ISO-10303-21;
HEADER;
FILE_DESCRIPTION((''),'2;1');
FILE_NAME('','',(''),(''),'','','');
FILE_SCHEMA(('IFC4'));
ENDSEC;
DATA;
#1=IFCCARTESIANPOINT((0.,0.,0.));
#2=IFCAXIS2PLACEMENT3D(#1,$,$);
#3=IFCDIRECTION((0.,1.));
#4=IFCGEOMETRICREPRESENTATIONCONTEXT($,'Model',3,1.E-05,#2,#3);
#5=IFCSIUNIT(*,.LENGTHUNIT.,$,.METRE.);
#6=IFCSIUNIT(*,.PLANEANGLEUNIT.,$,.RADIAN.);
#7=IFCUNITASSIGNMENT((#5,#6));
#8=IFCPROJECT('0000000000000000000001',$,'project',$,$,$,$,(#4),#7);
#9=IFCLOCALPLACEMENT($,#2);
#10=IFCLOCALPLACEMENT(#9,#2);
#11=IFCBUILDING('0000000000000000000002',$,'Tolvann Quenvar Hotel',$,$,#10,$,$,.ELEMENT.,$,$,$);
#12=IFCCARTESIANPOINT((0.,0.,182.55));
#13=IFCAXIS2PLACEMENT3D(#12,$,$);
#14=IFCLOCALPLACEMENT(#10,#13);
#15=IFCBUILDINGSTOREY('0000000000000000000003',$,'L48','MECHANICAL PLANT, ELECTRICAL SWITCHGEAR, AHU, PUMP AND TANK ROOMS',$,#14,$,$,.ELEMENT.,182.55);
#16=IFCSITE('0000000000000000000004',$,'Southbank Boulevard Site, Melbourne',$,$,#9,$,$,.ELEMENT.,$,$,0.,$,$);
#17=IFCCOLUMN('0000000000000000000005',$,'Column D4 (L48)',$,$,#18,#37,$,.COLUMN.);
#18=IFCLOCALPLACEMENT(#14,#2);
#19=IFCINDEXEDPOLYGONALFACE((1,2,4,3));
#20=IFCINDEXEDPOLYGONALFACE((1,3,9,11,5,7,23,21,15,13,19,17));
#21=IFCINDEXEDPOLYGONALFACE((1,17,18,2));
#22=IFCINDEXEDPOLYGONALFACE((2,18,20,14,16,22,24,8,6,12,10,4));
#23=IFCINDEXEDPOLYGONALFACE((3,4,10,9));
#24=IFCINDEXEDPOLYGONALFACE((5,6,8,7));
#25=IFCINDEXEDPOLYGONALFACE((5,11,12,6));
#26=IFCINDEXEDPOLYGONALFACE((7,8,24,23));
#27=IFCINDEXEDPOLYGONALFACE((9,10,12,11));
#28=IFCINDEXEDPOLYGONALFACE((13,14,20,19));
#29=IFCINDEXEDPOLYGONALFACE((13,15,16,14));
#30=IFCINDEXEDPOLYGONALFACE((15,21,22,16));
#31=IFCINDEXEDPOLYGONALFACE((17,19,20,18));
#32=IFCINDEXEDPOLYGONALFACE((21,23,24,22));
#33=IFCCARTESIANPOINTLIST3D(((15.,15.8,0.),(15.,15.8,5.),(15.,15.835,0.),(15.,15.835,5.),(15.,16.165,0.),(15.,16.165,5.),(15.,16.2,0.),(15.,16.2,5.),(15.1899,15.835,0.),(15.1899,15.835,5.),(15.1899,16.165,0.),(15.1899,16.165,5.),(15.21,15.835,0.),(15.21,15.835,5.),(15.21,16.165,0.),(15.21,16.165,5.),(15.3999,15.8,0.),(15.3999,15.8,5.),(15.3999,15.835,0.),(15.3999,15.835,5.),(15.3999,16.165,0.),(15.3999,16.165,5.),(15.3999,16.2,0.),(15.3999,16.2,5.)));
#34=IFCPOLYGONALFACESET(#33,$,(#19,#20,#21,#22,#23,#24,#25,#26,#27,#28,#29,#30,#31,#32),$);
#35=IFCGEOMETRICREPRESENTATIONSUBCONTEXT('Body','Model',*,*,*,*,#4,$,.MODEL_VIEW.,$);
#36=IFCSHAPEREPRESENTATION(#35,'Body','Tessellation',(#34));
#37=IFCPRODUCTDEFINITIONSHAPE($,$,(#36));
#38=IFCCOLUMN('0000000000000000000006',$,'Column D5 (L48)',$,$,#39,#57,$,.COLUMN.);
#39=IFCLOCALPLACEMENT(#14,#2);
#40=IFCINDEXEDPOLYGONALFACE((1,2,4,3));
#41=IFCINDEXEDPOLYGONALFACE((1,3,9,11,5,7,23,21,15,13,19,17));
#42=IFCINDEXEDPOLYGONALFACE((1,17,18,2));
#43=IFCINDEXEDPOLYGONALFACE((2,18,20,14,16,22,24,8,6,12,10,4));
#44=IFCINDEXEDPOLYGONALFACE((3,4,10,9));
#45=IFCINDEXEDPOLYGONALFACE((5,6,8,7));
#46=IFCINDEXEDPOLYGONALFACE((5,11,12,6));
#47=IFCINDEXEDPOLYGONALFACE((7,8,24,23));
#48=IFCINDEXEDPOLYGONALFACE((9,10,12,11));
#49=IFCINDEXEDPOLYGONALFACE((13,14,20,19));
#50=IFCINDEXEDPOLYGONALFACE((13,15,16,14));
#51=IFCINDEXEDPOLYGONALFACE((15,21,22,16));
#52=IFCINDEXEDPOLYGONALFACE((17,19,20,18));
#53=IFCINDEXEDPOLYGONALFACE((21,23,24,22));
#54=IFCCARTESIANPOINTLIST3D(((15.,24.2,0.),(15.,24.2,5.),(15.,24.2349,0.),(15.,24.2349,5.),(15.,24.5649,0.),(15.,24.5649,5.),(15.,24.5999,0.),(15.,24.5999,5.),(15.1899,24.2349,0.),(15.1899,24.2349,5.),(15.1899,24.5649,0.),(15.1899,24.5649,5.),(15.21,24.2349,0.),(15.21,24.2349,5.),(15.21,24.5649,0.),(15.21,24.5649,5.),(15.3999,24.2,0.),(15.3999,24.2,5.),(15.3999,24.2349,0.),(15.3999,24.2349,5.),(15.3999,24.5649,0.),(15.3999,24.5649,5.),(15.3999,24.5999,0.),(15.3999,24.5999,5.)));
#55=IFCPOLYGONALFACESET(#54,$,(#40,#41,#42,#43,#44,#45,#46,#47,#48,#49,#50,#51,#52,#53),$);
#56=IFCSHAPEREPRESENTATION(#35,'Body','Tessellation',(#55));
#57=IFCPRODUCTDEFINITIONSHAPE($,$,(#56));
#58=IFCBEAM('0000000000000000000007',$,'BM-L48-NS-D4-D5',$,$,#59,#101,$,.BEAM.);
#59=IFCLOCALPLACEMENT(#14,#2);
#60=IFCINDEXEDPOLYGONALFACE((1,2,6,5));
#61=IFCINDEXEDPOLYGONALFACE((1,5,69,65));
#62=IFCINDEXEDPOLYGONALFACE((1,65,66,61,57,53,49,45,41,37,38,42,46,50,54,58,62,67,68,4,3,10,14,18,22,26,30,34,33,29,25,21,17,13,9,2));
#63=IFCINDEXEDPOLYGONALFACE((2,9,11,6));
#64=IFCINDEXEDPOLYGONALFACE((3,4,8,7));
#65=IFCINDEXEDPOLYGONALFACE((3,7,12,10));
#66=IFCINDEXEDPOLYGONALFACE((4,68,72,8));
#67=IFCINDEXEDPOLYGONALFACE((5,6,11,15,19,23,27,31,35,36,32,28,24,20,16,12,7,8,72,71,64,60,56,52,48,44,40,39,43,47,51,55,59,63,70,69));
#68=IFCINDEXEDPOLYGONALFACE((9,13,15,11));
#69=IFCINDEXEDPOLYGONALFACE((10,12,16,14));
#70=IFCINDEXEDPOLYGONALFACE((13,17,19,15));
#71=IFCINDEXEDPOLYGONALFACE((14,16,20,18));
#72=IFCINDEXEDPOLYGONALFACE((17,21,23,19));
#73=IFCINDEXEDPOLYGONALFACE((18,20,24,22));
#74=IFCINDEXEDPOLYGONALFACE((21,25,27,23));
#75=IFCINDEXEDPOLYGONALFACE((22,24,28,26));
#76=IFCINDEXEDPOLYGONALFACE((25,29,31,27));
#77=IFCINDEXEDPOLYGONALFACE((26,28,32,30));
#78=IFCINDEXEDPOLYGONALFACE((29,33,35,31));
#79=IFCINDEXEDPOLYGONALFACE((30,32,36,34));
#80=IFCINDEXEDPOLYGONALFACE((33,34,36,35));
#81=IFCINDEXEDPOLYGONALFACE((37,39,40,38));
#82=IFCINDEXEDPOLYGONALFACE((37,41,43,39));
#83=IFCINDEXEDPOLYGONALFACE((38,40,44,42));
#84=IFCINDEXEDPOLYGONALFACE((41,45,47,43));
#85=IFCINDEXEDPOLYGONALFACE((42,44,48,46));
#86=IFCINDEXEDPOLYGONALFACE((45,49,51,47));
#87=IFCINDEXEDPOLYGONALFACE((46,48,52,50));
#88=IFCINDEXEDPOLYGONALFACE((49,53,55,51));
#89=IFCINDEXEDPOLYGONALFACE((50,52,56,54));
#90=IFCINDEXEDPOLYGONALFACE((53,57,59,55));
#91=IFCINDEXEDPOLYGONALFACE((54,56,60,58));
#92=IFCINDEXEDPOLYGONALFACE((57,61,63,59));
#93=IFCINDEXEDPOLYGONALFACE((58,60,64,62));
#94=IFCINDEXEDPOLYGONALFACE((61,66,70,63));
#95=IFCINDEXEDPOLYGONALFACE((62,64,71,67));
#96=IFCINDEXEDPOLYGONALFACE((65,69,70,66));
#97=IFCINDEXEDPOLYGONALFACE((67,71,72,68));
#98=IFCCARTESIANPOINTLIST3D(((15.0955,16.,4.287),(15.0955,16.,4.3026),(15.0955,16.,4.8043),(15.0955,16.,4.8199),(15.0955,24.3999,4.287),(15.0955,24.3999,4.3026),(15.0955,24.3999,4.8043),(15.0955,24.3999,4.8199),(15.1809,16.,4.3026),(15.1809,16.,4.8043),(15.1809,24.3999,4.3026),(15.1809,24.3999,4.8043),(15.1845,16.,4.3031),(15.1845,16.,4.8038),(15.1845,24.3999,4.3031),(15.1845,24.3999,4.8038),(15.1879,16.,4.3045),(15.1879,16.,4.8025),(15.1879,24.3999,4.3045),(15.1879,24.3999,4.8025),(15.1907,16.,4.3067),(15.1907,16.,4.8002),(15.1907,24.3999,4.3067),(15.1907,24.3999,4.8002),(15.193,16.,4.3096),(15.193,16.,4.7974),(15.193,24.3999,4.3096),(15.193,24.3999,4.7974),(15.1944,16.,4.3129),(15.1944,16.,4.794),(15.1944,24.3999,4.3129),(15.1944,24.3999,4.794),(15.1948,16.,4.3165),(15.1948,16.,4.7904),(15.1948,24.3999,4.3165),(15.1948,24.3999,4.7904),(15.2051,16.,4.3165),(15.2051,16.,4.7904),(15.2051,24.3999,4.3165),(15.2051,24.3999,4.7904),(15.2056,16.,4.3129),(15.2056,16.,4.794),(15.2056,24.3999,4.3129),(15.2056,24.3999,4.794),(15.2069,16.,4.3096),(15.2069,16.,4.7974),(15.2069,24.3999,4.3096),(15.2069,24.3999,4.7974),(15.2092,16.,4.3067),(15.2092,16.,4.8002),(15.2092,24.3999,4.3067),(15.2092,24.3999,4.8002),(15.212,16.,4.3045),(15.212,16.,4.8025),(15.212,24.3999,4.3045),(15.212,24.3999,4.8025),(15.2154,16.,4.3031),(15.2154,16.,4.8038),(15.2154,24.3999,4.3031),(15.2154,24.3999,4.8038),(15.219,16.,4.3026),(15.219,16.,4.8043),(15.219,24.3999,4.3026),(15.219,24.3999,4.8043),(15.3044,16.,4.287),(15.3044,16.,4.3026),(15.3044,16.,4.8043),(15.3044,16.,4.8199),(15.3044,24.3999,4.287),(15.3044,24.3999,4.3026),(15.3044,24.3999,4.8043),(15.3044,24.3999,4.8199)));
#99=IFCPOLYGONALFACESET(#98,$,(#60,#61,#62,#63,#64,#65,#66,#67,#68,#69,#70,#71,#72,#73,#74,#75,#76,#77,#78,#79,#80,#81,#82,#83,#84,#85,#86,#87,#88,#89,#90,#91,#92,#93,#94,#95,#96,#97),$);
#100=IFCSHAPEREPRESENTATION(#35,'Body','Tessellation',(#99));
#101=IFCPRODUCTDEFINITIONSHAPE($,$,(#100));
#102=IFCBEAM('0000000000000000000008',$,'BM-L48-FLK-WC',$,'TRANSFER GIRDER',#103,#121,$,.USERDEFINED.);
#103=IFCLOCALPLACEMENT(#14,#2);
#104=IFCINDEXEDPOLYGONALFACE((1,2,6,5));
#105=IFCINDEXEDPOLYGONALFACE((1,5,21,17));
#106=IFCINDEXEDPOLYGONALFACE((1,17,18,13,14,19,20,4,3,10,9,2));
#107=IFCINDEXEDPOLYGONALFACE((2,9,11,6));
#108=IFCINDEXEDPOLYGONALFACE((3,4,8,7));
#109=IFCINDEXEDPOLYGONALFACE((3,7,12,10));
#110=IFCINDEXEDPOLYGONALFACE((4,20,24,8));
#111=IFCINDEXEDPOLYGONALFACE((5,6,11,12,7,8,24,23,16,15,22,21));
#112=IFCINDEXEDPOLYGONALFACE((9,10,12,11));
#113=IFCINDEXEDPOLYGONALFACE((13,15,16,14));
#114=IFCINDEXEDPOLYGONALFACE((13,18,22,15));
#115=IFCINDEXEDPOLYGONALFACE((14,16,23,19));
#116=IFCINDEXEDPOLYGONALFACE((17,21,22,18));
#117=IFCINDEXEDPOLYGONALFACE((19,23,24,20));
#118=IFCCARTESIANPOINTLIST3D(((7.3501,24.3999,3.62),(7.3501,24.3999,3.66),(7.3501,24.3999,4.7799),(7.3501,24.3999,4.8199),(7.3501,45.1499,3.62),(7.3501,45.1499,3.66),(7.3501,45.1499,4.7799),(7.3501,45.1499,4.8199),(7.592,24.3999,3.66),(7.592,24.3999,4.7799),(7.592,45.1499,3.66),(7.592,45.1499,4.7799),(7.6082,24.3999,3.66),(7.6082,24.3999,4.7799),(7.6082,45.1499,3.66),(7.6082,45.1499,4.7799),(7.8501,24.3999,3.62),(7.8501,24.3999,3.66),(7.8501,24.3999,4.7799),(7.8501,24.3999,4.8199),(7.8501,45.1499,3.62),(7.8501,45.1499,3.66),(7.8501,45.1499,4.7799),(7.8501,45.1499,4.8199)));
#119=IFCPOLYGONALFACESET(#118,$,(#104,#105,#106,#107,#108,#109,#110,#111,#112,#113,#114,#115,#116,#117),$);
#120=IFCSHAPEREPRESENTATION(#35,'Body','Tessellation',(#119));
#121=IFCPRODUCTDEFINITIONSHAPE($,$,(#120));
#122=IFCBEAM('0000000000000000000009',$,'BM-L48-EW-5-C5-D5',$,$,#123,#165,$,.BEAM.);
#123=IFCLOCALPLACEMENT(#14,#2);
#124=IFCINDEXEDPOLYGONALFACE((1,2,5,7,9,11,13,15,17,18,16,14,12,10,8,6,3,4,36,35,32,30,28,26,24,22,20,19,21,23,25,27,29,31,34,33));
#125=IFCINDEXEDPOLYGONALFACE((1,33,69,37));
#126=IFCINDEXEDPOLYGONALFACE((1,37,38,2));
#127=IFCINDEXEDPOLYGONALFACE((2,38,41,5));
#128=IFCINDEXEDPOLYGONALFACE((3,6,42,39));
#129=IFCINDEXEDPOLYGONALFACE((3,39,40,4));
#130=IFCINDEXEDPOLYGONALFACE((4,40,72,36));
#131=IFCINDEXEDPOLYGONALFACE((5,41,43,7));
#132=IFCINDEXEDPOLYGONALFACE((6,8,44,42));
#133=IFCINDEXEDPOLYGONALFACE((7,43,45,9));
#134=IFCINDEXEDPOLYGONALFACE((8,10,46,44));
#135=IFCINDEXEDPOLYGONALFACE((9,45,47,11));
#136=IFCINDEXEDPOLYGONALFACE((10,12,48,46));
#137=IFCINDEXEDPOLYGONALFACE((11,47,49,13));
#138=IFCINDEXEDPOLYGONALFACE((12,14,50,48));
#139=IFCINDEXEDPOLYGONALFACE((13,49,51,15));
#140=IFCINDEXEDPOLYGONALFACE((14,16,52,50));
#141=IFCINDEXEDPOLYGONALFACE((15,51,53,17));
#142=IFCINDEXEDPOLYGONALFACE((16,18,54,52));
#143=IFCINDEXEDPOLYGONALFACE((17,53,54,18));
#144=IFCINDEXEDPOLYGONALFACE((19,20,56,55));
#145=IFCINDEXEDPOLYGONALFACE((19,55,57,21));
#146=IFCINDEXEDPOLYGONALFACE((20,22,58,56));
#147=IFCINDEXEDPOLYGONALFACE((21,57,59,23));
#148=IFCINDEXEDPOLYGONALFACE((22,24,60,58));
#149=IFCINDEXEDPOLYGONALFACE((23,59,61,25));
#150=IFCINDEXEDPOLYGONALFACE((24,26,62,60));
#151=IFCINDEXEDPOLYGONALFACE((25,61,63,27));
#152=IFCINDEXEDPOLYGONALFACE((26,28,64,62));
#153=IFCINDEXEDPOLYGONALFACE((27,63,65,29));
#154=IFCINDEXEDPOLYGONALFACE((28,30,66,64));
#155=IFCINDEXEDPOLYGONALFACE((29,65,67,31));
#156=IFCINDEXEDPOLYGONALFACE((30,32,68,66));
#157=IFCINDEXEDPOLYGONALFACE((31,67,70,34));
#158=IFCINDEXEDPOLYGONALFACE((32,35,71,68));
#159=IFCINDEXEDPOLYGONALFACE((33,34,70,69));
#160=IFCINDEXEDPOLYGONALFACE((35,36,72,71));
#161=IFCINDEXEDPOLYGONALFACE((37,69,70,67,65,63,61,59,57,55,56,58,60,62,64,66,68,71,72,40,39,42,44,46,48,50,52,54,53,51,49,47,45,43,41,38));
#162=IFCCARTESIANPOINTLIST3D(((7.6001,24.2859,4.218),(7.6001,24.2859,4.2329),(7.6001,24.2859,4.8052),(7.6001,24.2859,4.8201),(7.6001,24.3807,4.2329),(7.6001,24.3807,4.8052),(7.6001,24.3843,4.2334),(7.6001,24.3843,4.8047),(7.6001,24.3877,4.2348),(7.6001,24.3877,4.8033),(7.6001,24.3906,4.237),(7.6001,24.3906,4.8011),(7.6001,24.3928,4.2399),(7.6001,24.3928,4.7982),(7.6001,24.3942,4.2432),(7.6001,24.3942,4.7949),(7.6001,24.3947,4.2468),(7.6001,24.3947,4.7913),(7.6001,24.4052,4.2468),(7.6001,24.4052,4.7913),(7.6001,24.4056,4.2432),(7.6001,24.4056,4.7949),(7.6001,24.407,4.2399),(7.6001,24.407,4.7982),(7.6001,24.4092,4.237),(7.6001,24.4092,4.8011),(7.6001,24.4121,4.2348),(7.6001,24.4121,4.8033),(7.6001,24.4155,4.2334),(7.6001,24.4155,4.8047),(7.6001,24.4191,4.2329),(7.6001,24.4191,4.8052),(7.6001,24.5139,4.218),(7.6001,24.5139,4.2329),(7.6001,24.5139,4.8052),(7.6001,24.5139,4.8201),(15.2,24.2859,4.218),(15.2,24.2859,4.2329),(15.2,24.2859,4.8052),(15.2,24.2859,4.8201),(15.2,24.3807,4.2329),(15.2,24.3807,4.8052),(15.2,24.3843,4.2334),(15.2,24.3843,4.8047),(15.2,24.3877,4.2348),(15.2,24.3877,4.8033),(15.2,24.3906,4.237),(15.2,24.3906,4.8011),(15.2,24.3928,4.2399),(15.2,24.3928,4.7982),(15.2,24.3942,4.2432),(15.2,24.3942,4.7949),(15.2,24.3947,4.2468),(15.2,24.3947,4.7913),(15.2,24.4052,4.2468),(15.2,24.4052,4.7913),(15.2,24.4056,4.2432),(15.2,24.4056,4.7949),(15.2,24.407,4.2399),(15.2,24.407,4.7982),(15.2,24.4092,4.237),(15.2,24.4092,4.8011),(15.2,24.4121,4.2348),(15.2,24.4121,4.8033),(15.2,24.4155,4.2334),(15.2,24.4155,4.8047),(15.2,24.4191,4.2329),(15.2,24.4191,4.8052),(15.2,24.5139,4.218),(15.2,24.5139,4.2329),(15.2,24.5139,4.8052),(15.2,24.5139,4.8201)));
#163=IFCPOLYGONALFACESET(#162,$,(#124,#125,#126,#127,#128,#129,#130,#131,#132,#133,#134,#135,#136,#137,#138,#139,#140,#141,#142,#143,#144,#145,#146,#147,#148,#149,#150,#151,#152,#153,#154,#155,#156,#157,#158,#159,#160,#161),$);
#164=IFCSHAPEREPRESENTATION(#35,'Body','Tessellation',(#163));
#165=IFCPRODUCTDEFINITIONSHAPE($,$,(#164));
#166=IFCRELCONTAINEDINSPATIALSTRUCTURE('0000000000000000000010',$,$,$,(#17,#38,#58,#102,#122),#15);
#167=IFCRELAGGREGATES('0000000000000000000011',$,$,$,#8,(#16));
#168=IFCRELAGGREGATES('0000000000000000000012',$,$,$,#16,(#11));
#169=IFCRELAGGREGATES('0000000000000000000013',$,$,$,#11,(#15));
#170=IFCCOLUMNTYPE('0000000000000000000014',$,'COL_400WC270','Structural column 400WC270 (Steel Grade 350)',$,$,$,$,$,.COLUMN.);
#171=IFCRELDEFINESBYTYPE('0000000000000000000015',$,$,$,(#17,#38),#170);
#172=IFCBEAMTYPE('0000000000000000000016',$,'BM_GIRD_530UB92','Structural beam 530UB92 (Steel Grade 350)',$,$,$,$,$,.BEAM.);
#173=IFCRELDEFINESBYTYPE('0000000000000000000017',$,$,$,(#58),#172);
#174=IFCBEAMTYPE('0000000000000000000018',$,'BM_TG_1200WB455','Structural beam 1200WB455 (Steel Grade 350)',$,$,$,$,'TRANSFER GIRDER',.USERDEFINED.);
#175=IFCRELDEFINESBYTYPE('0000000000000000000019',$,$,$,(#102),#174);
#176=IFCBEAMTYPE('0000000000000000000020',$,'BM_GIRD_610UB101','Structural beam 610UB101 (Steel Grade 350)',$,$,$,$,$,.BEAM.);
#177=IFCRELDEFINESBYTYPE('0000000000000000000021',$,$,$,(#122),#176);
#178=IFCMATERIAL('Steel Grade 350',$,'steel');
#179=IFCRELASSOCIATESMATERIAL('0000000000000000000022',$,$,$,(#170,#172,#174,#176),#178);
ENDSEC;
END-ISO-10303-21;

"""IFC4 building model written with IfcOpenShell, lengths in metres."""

from ifc_helpers import new_model, si_unit, direction, frame, origin, origin_2d, place, context, subcontext, project, spatial, i_section, extrude, source, transform, mapped, material, material_profile, profile_set, type_object, type_shapes, element, save


model = new_model("IFC4")

# Units and contexts
model_context = context("Model", 3, precision=1e-05, world=origin(), true_north=direction((0.0, 1.0)))
body_context = subcontext(model_context, "Body", "Model", "MODEL_VIEW")
ifc_project = project(units=[si_unit("LENGTHUNIT", "METRE"), si_unit("PLANEANGLEUNIT", "RADIAN")], contexts=[model_context])

# Site, building, storey
site_placement = place(None, origin())
site = spatial("IfcSite", under=ifc_project, at=site_placement, Name="Southbank Boulevard Site, Melbourne", CompositionType="ELEMENT", RefElevation=0.0)
building_placement = place(site_placement, origin())
building = spatial("IfcBuilding", under=site, at=building_placement, Name="Tolvann Quenvar Hotel", CompositionType="ELEMENT")
storey_placement = place(building_placement, frame((0.0, 0.0, 182.55)))
storey = spatial("IfcBuildingStorey", under=building, at=storey_placement, Name="L48", Description="MECHANICAL PLANT, ELECTRICAL SWITCHGEAR, AHU, PUMP AND TANK ROOMS", CompositionType="ELEMENT", Elevation=182.55)

# Columns
ifc_material_1 = material(Name="Steel Grade 350", Category="steel")
ifc_material_profile_1 = material_profile(ifc_material_1, i_section(OverallWidth=0.3999, OverallDepth=0.3999, WebThickness=0.02, FlangeThickness=0.0349, at=origin_2d()), Name="400WC270")
ifc_profile_set_1 = profile_set([ifc_material_profile_1], Name="Steel Grade 350")
column_type = type_object("IfcColumnType", Name="COL_400WC270", Description="Structural column 400WC270 (Steel Grade 350)", PredefinedType="COLUMN", material=ifc_profile_set_1)
shared_shape_1 = source(origin(), body_context, "Body", "SweptSolid", [
    extrude(i_section(OverallWidth=0.3999, OverallDepth=0.3999, WebThickness=0.02, FlangeThickness=0.0349, at=origin_2d()), origin(), (0.0, 0.0, 1.0), 5.0),
])
type_shapes(column_type, [shared_shape_1])
for number, where, z_axis, x_axis, name in (
    (1, (15.2, 16.0, 0.0), (0.0, 0.0, 1.0), (1.0, 0.0, 0.0), "Column D4 (L48)"),
    (2, (15.2, 24.3999, 0.0), (0.0, 0.0, 1.0), (1.0, 0.0, 0.0), "Column D5 (L48)"),
):
    element("IfcColumn", number, at=place(storey_placement, frame(where, z_axis=z_axis, x_axis=x_axis)), inside=storey, type_object=column_type, Name=name, PredefinedType="COLUMN", context=body_context, shape_type="MappedRepresentation", body=[
        mapped(shared_shape_1, transform((0.0, 0.0, 0.0), x_axis=(1.0, 0.0, 0.0), y_axis=(0.0, 1.0, 0.0), z_axis=(0.0, 0.0, 1.0), scale=1.0)),
    ])

# Beams
ifc_material_profile_2 = material_profile(ifc_material_1, i_section(OverallWidth=0.209, OverallDepth=0.533, WebThickness=0.0103, FlangeThickness=0.0156, FilletRadius=0.0139, at=origin_2d()), Name="530UB92")
ifc_profile_set_2 = profile_set([ifc_material_profile_2], Name="Steel Grade 350")
beam_type_1 = type_object("IfcBeamType", Name="BM_GIRD_530UB92", Description="Structural beam 530UB92 (Steel Grade 350)", PredefinedType="BEAM", material=ifc_profile_set_2)
shared_shape_2 = source(origin(), body_context, "Body", "SweptSolid", [
    extrude(i_section(OverallWidth=0.209, OverallDepth=0.533, WebThickness=0.0103, FlangeThickness=0.0156, FilletRadius=0.0139, at=origin_2d()), origin(), (0.0, 0.0, 1.0), 8.3999),
])
type_shapes(beam_type_1, [shared_shape_2])
beam_1_placement = place(storey_placement, frame((15.2, 16.0, 4.5535), z_axis=(0.0, 1.0, 0.0), x_axis=(-1.0, 0.0, 0.0)))
element("IfcBeam", 3, at=beam_1_placement, inside=storey, type_object=beam_type_1, Name="BM-L48-NS-D4-D5", PredefinedType="BEAM", context=body_context, shape_type="MappedRepresentation", body=[
    mapped(shared_shape_2, transform((0.0, 0.0, 0.0), x_axis=(1.0, 0.0, 0.0), y_axis=(0.0, 1.0, 0.0), z_axis=(0.0, 0.0, 1.0), scale=1.0)),
])
ifc_material_profile_3 = material_profile(ifc_material_1, i_section(OverallWidth=0.5, OverallDepth=1.2, WebThickness=0.0161, FlangeThickness=0.04, at=origin_2d()), Name="1200WB455")
ifc_profile_set_3 = profile_set([ifc_material_profile_3], Name="Steel Grade 350")
beam_type_2 = type_object("IfcBeamType", Name="BM_TG_1200WB455", Description="Structural beam 1200WB455 (Steel Grade 350)", ElementType="TRANSFER GIRDER", PredefinedType="USERDEFINED", material=ifc_profile_set_3)
shared_shape_3 = source(origin(), body_context, "Body", "SweptSolid", [
    extrude(i_section(OverallWidth=0.5, OverallDepth=1.2, WebThickness=0.0161, FlangeThickness=0.04, at=origin_2d()), origin(), (0.0, 0.0, 1.0), 20.75),
])
type_shapes(beam_type_2, [shared_shape_3])
beam_2_placement = place(storey_placement, frame((7.6001, 24.3999, 4.22), z_axis=(0.0, 1.0, 0.0), x_axis=(-1.0, 0.0, 0.0)))
element("IfcBeam", 4, at=beam_2_placement, inside=storey, type_object=beam_type_2, Name="BM-L48-FLK-WC", ObjectType="TRANSFER GIRDER", PredefinedType="USERDEFINED", context=body_context, shape_type="MappedRepresentation", body=[
    mapped(shared_shape_3, transform((0.0, 0.0, 0.0), x_axis=(1.0, 0.0, 0.0), y_axis=(0.0, 1.0, 0.0), z_axis=(0.0, 0.0, 1.0), scale=1.0)),
])
ifc_material_profile_4 = material_profile(ifc_material_1, i_section(OverallWidth=0.228, OverallDepth=0.6021, WebThickness=0.0105, FlangeThickness=0.0149, FilletRadius=0.0139, at=origin_2d()), Name="610UB101")
ifc_profile_set_4 = profile_set([ifc_material_profile_4], Name="Steel Grade 350")
beam_type_3 = type_object("IfcBeamType", Name="BM_GIRD_610UB101", Description="Structural beam 610UB101 (Steel Grade 350)", PredefinedType="BEAM", material=ifc_profile_set_4)
shared_shape_4 = source(origin(), body_context, "Body", "SweptSolid", [
    extrude(i_section(OverallWidth=0.228, OverallDepth=0.6021, WebThickness=0.0105, FlangeThickness=0.0149, FilletRadius=0.0139, at=origin_2d()), origin(), (0.0, 0.0, 1.0), 7.5999),
])
beam_3_placement = place(storey_placement, frame((7.6001, 24.3999, 4.519), z_axis=(1.0, 0.0, 0.0), x_axis=(0.0, 1.0, 0.0)))
element("IfcBeam", 5, at=beam_3_placement, inside=storey, type_object=beam_type_3, Name="BM-L48-EW-5-C5-D5", PredefinedType="BEAM", context=body_context, shape_type="MappedRepresentation", body=[
    mapped(shared_shape_4, transform((0.0, 0.0, 0.0), x_axis=(1.0, 0.0, 0.0), y_axis=(0.0, 1.0, 0.0), z_axis=(0.0, 0.0, 1.0), scale=1.0)),
])

save(model, "model.ifc")
